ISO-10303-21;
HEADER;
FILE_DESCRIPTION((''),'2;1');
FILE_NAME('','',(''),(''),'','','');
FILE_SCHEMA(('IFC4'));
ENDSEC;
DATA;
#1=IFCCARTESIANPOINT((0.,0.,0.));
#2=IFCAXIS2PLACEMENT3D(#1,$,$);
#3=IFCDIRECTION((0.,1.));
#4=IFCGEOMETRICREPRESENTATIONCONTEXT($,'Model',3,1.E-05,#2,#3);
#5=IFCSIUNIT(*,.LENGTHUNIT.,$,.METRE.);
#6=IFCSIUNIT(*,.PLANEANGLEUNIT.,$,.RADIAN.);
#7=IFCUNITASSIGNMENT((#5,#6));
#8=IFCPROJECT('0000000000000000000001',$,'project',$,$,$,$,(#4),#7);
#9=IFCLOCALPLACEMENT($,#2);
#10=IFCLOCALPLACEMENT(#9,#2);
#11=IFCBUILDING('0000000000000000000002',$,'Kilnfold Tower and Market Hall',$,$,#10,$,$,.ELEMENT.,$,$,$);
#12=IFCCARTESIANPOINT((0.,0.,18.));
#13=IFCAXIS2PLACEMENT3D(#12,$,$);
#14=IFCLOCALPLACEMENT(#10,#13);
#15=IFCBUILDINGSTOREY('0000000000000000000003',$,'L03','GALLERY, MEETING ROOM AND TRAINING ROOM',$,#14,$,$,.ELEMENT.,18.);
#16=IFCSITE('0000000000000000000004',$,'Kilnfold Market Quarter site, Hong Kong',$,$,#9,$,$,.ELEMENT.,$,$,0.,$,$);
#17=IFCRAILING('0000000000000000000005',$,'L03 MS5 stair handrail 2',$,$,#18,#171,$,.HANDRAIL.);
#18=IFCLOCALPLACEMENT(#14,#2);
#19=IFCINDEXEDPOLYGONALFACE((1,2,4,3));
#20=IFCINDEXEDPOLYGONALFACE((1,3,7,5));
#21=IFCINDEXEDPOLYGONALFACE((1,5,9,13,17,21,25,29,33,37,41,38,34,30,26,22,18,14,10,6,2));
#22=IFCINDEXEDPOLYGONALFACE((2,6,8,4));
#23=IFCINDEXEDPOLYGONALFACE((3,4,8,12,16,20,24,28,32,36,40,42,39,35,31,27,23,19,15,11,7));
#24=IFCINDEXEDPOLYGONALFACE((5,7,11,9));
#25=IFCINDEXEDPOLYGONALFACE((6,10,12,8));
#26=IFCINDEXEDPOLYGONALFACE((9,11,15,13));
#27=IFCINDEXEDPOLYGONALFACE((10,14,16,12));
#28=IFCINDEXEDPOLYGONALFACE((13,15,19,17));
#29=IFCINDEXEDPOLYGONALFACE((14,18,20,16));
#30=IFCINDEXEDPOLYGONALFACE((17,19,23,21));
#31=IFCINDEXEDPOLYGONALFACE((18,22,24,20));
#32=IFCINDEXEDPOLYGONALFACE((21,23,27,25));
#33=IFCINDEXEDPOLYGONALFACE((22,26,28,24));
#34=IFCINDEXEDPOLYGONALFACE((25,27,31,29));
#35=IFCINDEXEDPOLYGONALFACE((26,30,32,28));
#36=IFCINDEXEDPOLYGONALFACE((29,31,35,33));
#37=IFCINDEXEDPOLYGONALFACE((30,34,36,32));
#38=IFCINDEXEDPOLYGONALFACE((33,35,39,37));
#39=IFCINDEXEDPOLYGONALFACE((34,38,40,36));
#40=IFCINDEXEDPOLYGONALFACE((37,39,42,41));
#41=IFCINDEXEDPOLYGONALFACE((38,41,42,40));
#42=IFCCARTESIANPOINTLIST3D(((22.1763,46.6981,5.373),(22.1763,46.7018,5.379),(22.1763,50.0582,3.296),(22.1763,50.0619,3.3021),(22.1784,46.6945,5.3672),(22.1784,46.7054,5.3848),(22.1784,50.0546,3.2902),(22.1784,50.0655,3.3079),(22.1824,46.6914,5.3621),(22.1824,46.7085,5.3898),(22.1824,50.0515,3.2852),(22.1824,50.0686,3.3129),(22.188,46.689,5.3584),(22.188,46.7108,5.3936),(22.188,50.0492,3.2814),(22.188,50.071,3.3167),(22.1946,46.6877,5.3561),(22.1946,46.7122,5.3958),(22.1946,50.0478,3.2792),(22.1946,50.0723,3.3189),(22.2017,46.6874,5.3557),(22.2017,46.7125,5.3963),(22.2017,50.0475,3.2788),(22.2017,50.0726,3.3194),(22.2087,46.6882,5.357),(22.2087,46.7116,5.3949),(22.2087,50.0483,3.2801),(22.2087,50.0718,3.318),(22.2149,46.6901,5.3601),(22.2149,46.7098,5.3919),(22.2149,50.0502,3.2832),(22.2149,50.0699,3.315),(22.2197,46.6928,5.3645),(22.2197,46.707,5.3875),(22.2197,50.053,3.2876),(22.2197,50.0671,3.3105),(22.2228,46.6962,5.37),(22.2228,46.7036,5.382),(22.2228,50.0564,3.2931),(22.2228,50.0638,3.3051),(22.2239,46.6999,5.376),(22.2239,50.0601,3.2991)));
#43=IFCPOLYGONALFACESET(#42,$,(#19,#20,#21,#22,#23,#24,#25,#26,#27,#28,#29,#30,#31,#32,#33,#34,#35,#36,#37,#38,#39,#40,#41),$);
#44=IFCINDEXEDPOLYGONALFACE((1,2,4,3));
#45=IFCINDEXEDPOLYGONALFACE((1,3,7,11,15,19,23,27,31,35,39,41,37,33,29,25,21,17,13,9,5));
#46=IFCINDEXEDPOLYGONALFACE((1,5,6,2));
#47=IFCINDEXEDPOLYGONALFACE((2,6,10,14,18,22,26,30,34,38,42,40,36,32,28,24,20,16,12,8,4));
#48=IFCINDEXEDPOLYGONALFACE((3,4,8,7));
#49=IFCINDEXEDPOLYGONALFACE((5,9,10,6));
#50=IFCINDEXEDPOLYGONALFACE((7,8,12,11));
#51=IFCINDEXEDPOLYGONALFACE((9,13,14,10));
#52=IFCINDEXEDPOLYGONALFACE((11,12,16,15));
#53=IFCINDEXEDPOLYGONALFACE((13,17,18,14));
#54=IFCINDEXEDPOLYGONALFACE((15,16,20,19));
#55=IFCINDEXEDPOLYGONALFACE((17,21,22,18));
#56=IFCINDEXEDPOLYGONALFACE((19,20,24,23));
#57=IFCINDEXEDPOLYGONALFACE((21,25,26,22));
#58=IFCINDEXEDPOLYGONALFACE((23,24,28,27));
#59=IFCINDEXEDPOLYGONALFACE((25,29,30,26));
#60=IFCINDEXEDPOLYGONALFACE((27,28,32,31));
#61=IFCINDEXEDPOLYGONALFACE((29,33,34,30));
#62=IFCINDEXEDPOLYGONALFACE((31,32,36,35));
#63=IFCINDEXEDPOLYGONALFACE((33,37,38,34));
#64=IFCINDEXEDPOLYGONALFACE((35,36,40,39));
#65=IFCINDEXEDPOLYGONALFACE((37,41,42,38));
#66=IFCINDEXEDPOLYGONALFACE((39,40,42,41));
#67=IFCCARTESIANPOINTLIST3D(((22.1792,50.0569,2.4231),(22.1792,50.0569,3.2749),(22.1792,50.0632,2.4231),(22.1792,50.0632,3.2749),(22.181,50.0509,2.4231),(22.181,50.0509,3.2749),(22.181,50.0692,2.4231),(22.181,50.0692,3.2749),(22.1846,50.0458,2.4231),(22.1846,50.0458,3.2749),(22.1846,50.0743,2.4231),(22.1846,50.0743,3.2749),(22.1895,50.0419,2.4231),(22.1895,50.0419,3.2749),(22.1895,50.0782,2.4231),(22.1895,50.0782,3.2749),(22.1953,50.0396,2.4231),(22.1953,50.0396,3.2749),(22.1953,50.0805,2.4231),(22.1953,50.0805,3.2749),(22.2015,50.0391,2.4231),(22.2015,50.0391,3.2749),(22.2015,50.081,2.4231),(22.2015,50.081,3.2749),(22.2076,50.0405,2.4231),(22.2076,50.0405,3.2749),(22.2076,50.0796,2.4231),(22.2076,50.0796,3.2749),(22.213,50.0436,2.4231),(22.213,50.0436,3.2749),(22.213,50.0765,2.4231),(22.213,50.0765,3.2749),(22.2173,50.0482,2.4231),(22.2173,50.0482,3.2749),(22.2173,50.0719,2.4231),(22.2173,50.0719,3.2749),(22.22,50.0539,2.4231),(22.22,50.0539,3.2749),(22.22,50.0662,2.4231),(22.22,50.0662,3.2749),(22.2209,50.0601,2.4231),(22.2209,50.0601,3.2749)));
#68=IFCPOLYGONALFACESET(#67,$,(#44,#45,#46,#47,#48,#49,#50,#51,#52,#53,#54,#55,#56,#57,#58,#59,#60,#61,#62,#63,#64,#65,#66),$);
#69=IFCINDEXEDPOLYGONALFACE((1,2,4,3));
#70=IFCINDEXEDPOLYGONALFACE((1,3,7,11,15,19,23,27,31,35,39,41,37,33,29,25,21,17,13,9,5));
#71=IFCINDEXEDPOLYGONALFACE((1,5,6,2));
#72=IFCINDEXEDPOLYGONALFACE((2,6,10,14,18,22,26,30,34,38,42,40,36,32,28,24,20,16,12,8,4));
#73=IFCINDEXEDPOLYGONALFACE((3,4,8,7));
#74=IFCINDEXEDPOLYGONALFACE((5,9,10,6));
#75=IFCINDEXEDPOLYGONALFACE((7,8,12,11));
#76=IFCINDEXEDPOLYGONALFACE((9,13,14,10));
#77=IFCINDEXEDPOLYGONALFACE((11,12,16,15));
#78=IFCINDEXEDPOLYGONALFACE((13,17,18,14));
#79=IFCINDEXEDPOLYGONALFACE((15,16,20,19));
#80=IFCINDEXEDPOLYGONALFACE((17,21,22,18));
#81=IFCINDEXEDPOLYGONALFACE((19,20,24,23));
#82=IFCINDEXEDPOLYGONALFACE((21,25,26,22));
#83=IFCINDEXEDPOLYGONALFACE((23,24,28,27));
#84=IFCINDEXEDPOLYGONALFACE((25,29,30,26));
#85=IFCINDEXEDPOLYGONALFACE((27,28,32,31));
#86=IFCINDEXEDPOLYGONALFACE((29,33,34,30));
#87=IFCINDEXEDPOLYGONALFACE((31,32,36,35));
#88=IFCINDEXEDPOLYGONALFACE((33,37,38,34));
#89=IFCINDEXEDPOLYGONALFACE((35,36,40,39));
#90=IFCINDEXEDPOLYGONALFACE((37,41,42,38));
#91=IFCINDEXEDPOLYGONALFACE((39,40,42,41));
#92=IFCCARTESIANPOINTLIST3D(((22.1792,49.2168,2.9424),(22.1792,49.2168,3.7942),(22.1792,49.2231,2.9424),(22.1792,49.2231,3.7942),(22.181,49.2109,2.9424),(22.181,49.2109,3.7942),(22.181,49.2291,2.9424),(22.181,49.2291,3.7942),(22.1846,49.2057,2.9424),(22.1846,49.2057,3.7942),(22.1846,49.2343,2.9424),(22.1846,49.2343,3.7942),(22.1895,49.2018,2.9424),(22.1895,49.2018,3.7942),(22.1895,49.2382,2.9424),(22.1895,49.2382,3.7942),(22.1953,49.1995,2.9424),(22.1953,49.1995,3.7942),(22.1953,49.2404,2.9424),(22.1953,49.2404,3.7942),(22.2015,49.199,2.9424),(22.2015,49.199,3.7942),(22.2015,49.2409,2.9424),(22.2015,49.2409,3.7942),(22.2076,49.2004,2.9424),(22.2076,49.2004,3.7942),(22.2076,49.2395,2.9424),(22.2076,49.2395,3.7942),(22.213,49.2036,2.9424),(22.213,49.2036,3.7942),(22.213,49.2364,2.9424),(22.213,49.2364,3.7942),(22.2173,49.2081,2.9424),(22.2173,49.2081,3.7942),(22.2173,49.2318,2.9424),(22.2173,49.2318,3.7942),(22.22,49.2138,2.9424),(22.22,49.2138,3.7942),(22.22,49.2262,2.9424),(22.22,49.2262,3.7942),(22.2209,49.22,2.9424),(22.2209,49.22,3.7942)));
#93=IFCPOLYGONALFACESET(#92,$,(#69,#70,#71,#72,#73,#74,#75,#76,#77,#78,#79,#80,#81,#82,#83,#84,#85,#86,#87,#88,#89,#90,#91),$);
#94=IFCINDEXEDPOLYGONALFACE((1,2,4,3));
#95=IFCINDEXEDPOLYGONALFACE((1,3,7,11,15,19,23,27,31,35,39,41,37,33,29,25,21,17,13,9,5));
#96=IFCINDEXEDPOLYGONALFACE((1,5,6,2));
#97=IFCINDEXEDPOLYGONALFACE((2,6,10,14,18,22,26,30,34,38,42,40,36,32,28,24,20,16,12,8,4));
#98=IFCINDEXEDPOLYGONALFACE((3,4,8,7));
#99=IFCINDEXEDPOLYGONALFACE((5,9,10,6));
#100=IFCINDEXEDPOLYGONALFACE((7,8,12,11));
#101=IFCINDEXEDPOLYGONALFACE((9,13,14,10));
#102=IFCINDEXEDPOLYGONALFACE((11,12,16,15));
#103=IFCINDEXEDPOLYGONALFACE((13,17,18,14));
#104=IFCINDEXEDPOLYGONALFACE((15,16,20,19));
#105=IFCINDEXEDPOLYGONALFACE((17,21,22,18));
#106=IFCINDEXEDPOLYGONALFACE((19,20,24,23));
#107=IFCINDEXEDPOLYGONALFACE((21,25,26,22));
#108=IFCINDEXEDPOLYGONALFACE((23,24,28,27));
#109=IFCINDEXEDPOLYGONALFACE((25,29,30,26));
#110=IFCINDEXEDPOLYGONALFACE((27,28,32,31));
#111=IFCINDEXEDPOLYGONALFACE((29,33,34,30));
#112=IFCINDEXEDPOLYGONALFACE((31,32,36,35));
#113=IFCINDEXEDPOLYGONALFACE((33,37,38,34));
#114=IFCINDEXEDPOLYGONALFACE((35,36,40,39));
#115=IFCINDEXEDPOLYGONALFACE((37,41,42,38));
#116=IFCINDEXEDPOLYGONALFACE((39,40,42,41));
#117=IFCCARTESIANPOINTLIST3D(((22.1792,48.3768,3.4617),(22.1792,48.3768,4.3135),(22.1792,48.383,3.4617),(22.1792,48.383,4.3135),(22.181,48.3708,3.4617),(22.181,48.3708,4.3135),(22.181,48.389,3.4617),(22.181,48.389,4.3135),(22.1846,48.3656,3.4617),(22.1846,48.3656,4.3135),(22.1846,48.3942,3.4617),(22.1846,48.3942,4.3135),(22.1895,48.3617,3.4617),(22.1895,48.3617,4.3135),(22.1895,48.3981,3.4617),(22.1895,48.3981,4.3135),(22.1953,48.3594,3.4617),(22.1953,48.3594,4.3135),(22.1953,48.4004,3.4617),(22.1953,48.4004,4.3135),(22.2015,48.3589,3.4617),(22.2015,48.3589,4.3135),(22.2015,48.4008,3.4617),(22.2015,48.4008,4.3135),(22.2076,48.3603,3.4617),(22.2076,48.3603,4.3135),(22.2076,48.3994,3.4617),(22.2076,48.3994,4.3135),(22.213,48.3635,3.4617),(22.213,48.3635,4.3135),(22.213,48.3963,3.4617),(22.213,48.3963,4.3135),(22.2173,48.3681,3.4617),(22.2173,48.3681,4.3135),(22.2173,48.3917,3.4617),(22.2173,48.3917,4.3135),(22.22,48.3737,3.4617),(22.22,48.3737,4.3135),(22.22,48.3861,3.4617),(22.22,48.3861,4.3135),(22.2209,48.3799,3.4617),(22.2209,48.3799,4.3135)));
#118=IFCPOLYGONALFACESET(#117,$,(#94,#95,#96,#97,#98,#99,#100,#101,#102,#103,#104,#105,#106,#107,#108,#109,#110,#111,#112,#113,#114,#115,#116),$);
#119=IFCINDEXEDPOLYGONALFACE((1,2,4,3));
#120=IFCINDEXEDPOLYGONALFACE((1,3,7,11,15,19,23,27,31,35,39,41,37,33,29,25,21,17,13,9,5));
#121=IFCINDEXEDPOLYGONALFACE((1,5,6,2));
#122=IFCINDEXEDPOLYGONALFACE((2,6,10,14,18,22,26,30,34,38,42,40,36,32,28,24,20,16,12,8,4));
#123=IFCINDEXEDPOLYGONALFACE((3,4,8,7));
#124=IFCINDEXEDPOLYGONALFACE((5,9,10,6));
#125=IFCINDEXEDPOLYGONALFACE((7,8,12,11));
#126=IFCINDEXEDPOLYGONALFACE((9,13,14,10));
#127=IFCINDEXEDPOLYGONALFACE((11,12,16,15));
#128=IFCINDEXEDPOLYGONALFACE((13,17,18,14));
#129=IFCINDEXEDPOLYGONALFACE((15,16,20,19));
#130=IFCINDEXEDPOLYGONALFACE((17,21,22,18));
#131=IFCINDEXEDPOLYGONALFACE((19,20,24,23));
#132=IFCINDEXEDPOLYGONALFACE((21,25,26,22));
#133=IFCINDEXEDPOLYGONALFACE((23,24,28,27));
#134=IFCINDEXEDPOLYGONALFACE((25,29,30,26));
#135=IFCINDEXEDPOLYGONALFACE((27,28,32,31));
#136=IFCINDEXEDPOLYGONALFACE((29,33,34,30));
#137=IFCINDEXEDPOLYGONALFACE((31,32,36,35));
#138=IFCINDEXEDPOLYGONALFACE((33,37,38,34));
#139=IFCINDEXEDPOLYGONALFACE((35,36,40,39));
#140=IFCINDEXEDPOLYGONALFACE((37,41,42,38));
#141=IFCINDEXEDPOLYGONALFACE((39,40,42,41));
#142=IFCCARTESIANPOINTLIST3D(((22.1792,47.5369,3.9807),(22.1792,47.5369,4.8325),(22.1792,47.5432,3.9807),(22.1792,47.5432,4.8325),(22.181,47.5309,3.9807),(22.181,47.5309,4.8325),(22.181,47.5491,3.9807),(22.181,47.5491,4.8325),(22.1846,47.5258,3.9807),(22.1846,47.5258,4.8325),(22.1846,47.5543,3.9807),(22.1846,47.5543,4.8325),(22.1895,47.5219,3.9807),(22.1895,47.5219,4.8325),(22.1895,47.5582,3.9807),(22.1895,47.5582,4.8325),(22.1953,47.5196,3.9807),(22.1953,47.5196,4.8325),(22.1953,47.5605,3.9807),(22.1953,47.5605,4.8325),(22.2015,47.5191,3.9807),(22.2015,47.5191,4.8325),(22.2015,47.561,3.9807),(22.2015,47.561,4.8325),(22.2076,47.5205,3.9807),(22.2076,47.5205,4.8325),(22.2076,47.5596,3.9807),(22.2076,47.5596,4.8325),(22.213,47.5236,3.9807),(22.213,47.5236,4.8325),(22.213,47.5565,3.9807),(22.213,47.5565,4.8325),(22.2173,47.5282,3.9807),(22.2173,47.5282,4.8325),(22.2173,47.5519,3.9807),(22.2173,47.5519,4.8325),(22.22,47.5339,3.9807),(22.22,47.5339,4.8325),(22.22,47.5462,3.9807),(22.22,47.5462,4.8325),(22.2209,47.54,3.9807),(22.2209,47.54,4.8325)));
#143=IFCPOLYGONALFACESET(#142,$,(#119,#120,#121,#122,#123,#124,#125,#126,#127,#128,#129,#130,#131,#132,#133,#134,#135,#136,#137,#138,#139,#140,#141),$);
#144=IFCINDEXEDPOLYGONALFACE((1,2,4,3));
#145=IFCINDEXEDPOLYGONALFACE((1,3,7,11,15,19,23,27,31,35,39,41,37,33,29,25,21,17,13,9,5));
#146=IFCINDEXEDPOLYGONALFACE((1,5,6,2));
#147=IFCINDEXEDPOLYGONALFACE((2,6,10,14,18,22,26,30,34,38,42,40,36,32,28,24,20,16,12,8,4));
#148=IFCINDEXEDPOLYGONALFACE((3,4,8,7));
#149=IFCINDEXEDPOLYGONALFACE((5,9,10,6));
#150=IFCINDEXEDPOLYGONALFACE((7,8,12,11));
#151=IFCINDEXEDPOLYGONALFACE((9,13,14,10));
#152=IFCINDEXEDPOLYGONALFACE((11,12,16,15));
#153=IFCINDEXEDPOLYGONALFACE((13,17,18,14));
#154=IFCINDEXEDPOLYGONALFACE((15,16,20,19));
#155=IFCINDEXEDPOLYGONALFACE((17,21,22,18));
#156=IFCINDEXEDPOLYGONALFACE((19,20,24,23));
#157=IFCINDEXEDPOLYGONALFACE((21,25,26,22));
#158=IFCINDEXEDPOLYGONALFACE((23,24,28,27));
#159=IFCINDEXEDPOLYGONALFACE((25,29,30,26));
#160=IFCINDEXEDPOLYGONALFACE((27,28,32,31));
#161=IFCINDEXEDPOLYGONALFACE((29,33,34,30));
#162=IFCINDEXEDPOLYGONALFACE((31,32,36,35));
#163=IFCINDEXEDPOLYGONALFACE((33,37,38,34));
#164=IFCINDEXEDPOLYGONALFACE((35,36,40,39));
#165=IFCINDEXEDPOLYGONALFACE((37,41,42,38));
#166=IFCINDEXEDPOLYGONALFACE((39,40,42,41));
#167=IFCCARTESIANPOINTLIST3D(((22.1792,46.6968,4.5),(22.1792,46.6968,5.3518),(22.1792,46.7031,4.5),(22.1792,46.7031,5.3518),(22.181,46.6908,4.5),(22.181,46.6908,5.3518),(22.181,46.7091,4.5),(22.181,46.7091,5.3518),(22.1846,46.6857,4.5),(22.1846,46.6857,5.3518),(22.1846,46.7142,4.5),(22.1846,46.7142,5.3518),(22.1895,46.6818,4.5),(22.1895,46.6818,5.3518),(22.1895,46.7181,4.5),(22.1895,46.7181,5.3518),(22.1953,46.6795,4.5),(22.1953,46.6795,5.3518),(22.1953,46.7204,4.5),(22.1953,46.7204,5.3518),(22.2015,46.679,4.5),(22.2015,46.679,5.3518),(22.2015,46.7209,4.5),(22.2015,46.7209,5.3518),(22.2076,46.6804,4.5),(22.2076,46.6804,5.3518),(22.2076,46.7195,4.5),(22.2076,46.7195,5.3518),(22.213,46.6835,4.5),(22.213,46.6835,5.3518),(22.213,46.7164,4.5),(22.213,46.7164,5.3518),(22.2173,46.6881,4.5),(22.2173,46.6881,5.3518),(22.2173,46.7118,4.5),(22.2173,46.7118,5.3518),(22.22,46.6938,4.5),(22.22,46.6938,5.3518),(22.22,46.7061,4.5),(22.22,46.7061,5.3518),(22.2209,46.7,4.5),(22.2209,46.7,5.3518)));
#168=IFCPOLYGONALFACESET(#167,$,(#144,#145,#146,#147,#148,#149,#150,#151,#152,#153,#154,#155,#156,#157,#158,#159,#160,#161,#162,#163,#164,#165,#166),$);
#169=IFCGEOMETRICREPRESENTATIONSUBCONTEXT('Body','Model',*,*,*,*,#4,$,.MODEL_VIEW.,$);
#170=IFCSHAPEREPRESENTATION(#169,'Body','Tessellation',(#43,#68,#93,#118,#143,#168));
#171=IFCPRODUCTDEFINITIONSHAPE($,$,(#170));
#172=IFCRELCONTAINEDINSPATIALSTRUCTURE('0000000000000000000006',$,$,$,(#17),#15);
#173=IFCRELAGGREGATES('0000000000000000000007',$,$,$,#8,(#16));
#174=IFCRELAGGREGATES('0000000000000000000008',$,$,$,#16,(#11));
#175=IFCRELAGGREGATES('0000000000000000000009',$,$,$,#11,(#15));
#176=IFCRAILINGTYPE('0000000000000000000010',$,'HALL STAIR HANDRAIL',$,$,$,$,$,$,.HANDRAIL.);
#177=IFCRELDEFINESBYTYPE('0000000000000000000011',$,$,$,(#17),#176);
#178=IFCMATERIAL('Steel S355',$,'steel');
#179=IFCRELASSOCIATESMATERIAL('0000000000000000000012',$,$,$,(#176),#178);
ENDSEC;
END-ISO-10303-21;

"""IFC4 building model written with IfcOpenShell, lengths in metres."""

from ifc_helpers import new_model, si_unit, direction, frame, origin, origin_2d, place, context, subcontext, project, spatial, circle, extrude, material, type_object, element, save


model = new_model("IFC4")

# Units and contexts
model_context = context("Model", 3, precision=1e-05, world=origin(), true_north=direction((0.0, 1.0)))
body_context = subcontext(model_context, "Body", "Model", "MODEL_VIEW")
ifc_project = project(units=[si_unit("LENGTHUNIT", "METRE"), si_unit("PLANEANGLEUNIT", "RADIAN")], contexts=[model_context])

# Site, building, storey
site_placement = place(None, origin())
site = spatial("IfcSite", under=ifc_project, at=site_placement, Name="Kilnfold Market Quarter site, Hong Kong", CompositionType="ELEMENT", RefElevation=0.0)
building_placement = place(site_placement, origin())
building = spatial("IfcBuilding", under=site, at=building_placement, Name="Kilnfold Tower and Market Hall", CompositionType="ELEMENT")
storey_placement = place(building_placement, frame((0.0, 0.0, 18.0)))
storey = spatial("IfcBuildingStorey", under=building, at=storey_placement, Name="L03", Description="GALLERY, MEETING ROOM AND TRAINING ROOM", CompositionType="ELEMENT", Elevation=18.0)

# Railing
ifc_material_1 = material(Name="Steel S355", Category="steel")
railing_type_1 = type_object("IfcRailingType", Name="HALL STAIR HANDRAIL", PredefinedType="HANDRAIL", material=ifc_material_1)
railing_1_placement = place(storey_placement, frame((22.2, 50.0601, 2.4231)))
element("IfcRailing", 1, at=railing_1_placement, inside=storey, type_object=railing_type_1, Name="L03 MS5 stair handrail 2", PredefinedType="HANDRAIL", context=body_context, shape_type="SweptSolid", body=[
    extrude(circle(Radius=0.0239, at=origin_2d()), frame((0.0, 0.0, 0.876), z_axis=(0.0, -0.850623, 0.525776), x_axis=(1.0, 0.0, 0.0)), (0.0, 0.0, 1.0), 3.9502),
    extrude(circle(Radius=0.021, at=origin_2d()), origin(), (0.0, 0.0, 1.0), 0.8518),
    extrude(circle(Radius=0.021, at=origin_2d()), frame((0.0, -0.8401, 0.5193)), (0.0, 0.0, 1.0), 0.8518),
    extrude(circle(Radius=0.021, at=origin_2d()), frame((0.0, -1.6802, 1.0386)), (0.0, 0.0, 1.0), 0.8518),
    extrude(circle(Radius=0.021, at=origin_2d()), frame((0.0, -2.52, 1.5576)), (0.0, 0.0, 1.0), 0.8518),
    extrude(circle(Radius=0.021, at=origin_2d()), frame((0.0, -3.3601, 2.0769)), (0.0, 0.0, 1.0), 0.8518),
])

save(model, "model.ifc")
